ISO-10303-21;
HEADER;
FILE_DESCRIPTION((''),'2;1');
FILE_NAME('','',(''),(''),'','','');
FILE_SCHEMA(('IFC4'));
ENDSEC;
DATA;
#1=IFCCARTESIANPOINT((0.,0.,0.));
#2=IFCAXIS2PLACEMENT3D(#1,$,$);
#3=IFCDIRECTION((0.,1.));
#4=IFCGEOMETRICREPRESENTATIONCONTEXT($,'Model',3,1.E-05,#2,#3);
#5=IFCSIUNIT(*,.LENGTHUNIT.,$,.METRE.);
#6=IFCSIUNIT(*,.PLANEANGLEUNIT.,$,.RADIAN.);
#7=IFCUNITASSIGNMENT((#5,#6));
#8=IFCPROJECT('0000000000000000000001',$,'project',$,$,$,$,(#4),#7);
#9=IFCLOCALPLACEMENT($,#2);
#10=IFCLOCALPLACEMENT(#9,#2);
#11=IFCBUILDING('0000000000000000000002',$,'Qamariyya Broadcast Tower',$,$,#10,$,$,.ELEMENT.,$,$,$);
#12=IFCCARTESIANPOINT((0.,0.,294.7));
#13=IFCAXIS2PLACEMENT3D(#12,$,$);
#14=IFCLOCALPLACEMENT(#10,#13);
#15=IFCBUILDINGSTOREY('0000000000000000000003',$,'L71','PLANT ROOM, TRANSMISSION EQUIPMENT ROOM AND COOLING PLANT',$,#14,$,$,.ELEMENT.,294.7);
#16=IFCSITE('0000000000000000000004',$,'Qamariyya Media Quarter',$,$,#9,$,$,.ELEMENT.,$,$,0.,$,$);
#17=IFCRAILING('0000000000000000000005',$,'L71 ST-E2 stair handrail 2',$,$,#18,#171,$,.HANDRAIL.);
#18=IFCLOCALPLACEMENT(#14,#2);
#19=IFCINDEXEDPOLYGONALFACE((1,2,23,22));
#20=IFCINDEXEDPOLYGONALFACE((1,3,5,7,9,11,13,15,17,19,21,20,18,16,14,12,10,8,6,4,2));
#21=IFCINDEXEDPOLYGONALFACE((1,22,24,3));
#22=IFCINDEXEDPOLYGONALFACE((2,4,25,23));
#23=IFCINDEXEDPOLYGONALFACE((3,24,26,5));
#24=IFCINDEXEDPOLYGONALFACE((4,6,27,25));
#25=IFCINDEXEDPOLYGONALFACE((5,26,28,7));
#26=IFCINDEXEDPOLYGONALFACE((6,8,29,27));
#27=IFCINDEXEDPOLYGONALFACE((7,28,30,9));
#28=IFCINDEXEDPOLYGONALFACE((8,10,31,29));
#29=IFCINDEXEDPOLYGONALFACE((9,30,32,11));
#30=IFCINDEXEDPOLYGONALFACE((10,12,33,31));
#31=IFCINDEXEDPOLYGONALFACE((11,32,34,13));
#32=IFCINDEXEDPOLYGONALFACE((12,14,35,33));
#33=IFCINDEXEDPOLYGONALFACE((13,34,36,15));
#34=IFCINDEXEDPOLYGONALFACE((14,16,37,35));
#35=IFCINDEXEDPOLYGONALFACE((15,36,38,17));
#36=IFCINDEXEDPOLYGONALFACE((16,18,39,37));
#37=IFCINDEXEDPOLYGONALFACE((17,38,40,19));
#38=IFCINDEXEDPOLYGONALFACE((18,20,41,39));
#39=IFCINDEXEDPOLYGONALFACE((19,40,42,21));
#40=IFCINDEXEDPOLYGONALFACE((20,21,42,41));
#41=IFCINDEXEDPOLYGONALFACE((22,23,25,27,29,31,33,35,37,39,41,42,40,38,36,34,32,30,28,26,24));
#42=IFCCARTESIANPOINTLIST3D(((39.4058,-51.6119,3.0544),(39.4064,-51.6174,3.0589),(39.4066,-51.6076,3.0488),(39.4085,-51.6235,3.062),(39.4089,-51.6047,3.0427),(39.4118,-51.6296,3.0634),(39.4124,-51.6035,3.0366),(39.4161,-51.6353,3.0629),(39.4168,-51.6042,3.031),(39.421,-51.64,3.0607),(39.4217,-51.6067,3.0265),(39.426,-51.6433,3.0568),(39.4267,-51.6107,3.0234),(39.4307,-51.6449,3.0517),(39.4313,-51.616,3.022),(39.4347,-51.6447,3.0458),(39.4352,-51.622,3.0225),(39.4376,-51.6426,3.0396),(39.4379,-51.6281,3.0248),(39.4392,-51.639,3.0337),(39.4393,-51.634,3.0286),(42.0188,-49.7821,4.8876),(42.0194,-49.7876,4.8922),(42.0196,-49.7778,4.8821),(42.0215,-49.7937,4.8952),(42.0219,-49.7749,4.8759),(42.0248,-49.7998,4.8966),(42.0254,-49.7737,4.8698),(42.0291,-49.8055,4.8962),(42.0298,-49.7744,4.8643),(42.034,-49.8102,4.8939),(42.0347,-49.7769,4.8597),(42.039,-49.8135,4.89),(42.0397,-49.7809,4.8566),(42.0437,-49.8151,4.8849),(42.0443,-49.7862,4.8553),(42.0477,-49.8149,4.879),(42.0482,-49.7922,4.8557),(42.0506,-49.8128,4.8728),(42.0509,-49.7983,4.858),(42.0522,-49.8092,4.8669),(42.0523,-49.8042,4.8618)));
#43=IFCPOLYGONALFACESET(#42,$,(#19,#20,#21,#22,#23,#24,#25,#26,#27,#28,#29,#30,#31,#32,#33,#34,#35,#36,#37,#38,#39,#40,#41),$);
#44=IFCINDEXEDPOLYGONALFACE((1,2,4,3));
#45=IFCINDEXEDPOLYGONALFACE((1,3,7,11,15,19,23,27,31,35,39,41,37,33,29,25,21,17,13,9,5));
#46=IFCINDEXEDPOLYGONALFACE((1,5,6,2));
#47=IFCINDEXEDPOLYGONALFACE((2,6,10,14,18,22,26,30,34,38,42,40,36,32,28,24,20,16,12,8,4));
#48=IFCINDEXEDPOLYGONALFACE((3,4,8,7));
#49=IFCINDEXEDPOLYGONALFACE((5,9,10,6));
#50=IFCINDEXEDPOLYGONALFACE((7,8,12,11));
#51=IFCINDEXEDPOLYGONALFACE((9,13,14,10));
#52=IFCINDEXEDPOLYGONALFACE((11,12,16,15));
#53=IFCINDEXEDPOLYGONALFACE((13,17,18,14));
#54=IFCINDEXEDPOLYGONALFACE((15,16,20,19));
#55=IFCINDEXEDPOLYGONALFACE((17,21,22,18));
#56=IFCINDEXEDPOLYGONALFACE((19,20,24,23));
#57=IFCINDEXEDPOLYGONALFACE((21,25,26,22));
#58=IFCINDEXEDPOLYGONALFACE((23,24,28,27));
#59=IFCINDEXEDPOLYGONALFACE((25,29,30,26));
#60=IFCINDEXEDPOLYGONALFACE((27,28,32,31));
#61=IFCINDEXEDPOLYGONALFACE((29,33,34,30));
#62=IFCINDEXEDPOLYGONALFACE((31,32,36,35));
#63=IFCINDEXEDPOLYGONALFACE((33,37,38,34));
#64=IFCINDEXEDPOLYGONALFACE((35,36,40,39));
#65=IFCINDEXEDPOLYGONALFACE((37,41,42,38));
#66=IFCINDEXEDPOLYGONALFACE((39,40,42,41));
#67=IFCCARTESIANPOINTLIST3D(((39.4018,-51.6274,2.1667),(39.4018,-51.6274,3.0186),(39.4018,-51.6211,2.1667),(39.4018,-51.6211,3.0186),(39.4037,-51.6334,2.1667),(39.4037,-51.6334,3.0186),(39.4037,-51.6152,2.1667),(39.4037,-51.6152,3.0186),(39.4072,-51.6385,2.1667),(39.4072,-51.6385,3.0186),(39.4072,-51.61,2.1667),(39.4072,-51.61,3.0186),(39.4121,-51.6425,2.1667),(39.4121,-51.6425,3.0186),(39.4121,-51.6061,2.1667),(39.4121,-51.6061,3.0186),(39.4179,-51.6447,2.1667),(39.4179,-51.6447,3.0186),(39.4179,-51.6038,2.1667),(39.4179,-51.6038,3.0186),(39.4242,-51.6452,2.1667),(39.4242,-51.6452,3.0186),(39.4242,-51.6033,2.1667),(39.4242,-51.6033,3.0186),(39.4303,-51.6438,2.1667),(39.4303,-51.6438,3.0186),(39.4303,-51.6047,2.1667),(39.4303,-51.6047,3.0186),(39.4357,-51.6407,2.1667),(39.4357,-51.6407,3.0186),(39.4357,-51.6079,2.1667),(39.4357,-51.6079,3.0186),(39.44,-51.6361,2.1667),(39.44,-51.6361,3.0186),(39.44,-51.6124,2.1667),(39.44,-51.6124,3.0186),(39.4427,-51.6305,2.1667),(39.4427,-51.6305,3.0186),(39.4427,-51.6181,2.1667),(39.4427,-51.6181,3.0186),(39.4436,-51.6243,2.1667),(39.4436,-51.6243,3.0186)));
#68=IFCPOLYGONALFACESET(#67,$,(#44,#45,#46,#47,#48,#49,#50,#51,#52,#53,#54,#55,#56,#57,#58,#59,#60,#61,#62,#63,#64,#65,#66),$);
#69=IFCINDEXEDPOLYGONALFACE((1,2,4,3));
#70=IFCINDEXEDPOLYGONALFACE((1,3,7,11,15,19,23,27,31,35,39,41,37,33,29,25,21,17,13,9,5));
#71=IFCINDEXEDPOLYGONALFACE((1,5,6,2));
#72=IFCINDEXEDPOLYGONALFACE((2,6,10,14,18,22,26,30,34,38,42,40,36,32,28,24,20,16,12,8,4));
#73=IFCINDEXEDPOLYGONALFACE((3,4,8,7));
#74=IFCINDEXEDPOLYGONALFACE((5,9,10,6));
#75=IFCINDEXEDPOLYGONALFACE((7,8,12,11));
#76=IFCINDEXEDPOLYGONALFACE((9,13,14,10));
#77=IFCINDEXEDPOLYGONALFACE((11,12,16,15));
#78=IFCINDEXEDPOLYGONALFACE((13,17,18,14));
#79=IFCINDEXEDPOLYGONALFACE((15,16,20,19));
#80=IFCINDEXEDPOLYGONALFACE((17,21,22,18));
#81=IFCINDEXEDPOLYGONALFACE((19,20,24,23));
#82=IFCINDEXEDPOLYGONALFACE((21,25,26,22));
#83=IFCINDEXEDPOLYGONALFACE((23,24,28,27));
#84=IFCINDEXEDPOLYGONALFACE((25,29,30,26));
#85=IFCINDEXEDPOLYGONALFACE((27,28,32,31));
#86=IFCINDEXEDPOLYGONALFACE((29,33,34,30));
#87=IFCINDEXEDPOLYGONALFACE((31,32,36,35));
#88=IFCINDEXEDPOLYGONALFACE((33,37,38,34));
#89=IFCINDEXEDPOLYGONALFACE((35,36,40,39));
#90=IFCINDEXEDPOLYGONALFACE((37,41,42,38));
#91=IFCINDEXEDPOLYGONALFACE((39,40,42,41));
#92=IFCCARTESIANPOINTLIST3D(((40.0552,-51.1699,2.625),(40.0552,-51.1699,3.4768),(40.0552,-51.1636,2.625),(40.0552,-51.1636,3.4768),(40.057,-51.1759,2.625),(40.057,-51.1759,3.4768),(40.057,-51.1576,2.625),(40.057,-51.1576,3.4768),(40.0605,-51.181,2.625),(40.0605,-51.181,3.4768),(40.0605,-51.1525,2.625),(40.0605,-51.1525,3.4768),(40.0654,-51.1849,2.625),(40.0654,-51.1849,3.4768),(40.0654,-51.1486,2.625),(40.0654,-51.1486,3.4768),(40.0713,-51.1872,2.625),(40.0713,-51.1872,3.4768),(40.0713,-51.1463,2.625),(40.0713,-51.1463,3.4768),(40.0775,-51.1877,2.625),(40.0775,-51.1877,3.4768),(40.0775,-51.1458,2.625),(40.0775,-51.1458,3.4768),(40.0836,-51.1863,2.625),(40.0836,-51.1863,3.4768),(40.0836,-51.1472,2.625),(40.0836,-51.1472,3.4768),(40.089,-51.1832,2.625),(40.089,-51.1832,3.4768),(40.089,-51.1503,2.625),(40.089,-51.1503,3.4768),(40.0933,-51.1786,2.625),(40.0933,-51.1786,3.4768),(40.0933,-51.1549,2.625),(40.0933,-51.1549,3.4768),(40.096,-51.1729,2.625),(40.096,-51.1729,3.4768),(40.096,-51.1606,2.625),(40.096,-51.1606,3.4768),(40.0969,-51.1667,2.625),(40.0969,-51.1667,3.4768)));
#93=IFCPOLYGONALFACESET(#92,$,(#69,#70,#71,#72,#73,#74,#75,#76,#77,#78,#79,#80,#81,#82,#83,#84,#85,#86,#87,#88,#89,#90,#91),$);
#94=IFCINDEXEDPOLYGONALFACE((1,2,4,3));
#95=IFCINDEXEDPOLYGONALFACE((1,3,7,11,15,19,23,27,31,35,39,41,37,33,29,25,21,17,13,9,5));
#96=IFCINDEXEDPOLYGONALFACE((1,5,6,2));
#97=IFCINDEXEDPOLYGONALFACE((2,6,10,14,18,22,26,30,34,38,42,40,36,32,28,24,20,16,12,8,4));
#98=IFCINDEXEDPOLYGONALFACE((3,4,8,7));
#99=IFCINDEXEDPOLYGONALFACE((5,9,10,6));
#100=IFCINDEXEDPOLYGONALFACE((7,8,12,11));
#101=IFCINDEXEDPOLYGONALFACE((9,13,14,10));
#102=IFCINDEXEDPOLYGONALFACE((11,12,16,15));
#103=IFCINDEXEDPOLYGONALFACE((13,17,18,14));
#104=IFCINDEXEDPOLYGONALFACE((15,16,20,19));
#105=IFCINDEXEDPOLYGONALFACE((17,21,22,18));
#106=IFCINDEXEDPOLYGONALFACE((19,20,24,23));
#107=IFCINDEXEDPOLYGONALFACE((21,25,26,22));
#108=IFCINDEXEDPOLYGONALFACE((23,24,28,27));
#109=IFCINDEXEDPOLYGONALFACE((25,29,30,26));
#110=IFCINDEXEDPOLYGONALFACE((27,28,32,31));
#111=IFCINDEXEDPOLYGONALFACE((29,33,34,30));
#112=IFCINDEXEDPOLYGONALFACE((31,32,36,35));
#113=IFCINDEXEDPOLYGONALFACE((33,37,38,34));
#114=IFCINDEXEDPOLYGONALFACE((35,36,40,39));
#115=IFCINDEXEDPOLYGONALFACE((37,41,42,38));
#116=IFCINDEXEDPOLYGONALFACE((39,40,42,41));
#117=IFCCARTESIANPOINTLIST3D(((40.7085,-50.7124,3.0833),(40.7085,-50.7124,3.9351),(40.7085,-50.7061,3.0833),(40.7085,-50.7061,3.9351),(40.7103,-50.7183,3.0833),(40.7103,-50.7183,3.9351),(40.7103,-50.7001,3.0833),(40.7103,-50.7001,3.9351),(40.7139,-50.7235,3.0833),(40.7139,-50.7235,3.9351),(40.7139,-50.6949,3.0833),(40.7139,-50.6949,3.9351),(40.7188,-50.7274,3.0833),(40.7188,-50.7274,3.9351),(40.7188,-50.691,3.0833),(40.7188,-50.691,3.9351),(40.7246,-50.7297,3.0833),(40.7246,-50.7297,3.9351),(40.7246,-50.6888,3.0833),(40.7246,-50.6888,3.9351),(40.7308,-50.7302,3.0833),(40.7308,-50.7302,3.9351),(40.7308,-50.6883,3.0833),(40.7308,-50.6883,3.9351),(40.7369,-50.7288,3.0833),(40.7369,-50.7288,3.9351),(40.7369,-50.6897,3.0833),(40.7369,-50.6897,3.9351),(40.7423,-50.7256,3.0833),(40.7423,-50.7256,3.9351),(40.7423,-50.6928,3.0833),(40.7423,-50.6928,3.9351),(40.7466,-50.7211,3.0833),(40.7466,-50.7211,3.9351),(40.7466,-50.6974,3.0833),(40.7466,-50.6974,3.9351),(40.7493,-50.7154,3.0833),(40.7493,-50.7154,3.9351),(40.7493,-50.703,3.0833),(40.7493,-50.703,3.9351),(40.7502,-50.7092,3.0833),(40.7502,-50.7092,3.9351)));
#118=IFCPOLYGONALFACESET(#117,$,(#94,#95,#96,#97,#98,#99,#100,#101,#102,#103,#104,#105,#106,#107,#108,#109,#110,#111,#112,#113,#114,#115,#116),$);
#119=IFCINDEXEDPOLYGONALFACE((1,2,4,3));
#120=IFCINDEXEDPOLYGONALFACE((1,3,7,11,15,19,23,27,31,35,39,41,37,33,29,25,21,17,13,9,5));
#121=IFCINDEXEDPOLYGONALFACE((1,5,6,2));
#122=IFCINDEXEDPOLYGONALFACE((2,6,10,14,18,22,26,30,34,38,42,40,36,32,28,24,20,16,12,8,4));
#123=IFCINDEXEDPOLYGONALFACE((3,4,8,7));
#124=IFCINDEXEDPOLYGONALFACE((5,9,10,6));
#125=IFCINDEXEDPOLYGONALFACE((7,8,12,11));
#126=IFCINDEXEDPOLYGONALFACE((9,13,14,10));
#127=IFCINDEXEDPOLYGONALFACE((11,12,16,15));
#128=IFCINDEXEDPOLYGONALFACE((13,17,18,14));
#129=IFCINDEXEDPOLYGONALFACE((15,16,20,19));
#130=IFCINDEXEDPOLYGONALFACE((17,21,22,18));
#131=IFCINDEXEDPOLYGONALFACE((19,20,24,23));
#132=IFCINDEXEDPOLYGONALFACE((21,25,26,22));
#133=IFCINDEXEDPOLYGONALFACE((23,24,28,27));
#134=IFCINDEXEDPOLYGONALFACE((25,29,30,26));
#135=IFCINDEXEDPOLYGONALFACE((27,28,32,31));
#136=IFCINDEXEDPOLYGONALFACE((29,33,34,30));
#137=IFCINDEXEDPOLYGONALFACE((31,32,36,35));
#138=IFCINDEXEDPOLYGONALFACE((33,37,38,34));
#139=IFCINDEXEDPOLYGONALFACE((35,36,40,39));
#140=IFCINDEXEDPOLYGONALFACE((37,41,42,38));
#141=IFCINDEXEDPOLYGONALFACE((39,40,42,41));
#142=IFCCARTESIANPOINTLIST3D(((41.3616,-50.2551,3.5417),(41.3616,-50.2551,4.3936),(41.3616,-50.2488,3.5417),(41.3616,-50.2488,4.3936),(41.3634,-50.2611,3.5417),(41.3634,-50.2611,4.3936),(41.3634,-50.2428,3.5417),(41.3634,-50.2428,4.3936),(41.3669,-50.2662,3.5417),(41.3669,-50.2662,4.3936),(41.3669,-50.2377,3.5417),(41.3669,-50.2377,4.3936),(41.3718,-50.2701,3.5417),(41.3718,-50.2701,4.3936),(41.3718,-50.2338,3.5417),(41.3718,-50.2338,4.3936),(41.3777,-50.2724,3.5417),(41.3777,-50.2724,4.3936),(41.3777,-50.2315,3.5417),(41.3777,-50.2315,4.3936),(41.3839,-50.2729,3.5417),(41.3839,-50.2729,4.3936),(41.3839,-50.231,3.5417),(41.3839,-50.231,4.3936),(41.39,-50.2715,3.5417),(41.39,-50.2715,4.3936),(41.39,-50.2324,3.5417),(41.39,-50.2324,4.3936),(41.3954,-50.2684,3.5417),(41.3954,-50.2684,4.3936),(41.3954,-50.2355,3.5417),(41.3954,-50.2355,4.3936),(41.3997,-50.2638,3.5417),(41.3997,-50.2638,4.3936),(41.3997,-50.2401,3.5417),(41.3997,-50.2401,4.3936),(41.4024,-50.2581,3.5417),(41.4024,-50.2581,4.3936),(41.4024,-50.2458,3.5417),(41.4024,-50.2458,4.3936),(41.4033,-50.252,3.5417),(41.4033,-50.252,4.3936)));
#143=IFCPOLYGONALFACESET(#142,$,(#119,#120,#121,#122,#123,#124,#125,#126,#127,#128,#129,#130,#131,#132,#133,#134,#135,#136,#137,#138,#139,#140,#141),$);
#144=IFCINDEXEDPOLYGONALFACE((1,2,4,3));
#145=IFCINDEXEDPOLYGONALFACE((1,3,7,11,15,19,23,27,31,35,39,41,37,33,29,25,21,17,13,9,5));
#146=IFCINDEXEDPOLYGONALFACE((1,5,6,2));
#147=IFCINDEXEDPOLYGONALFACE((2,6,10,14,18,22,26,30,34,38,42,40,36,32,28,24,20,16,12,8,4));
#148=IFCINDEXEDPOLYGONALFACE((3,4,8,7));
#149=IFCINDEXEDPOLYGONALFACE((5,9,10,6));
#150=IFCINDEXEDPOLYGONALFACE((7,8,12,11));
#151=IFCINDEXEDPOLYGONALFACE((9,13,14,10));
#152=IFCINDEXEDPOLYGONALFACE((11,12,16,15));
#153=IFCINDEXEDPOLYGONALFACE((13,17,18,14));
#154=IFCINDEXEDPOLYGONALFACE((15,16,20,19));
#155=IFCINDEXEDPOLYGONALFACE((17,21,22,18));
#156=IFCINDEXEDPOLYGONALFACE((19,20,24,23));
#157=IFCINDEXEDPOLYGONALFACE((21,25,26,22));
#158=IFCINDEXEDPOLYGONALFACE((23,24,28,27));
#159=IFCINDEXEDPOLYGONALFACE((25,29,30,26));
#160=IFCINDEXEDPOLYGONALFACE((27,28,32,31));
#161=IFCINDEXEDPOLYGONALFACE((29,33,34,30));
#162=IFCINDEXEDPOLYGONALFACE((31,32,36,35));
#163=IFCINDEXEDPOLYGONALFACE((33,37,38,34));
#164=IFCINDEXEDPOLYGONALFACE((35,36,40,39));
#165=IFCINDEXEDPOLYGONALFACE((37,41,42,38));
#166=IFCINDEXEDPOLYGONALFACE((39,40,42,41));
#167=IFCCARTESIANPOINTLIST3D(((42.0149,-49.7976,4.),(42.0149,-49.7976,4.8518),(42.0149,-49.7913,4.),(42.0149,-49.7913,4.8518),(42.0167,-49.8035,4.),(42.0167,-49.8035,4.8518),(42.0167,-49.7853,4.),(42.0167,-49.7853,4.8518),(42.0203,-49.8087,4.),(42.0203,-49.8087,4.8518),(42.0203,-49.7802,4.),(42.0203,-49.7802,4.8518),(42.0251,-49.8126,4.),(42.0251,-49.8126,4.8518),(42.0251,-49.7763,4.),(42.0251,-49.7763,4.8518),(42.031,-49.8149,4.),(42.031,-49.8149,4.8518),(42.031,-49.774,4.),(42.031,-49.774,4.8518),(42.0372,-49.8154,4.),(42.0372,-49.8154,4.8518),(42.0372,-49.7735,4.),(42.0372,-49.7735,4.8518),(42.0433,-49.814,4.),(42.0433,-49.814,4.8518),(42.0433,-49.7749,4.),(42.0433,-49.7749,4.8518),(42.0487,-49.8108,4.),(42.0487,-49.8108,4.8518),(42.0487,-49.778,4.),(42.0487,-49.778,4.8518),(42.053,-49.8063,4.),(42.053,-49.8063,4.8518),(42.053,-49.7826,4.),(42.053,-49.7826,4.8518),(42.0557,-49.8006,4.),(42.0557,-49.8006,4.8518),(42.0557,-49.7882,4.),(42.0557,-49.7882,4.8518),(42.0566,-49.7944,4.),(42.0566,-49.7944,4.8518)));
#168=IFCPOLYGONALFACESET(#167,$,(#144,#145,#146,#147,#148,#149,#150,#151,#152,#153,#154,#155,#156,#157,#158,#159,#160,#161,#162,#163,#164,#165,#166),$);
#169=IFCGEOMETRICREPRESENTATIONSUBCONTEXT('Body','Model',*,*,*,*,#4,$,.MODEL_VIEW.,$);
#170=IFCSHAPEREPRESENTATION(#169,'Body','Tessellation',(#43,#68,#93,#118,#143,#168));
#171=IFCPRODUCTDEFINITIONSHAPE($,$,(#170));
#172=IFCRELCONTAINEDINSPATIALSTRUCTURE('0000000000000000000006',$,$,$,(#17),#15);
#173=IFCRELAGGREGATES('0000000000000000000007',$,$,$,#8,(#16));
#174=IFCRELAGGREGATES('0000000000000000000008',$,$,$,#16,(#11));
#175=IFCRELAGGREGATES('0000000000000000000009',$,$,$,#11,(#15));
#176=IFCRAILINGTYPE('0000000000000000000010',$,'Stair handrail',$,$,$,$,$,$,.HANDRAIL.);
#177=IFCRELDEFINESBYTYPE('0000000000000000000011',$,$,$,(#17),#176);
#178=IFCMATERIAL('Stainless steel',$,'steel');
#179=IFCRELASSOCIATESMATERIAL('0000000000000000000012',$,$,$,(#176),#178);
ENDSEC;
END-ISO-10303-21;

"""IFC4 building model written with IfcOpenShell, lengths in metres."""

from ifc_helpers import new_model, si_unit, direction, frame, origin, origin_2d, place, context, subcontext, project, spatial, circle, extrude, material, type_object, element, save


model = new_model("IFC4")

# Units and contexts
model_context = context("Model", 3, precision=1e-05, world=origin(), true_north=direction((0.0, 1.0)))
body_context = subcontext(model_context, "Body", "Model", "MODEL_VIEW")
ifc_project = project(units=[si_unit("LENGTHUNIT", "METRE"), si_unit("PLANEANGLEUNIT", "RADIAN")], contexts=[model_context])

# Site, building, storey
site_placement = place(None, origin())
site = spatial("IfcSite", under=ifc_project, at=site_placement, Name="Qamariyya Media Quarter", CompositionType="ELEMENT", RefElevation=0.0)
building_placement = place(site_placement, origin())
building = spatial("IfcBuilding", under=site, at=building_placement, Name="Qamariyya Broadcast Tower", CompositionType="ELEMENT")
storey_placement = place(building_placement, frame((0.0, 0.0, 294.7)))
storey = spatial("IfcBuildingStorey", under=building, at=storey_placement, Name="L71", Description="PLANT ROOM, TRANSMISSION EQUIPMENT ROOM AND COOLING PLANT", CompositionType="ELEMENT", Elevation=294.7)

# Railing
ifc_material_1 = material(Name="Stainless steel", Category="steel")
railing_type_1 = type_object("IfcRailingType", Name="Stair handrail", PredefinedType="HANDRAIL", material=ifc_material_1)
railing_1_placement = place(storey_placement, frame((39.4226, -51.6243, 2.1667)))
element("IfcRailing", 1, at=railing_1_placement, inside=storey, type_object=railing_type_1, Name="L71 ST-E2 stair handrail 2", PredefinedType="HANDRAIL", context=body_context, shape_type="SweptSolid", body=[
    extrude(circle(Radius=0.0239, at=origin_2d()), frame((0.0, 0.0, 0.876), z_axis=(0.710204, 0.497335, 0.498264), x_axis=(-0.573611, 0.819128, 0.0)), (0.0, 0.0, 1.0), 3.6792),
    extrude(circle(Radius=0.021, at=origin_2d()), origin(), (0.0, 0.0, 1.0), 0.8518),
    extrude(circle(Radius=0.021, at=origin_2d()), frame((0.6533, 0.4575, 0.4583)), (0.0, 0.0, 1.0), 0.8518),
    extrude(circle(Radius=0.021, at=origin_2d()), frame((1.3066, 0.915, 0.9165)), (0.0, 0.0, 1.0), 0.8518),
    extrude(circle(Radius=0.021, at=origin_2d()), frame((1.9597, 1.3723, 1.375)), (0.0, 0.0, 1.0), 0.8518),
    extrude(circle(Radius=0.021, at=origin_2d()), frame((2.613, 1.8298, 1.8333)), (0.0, 0.0, 1.0), 0.8518),
])

save(model, "model.ifc")
